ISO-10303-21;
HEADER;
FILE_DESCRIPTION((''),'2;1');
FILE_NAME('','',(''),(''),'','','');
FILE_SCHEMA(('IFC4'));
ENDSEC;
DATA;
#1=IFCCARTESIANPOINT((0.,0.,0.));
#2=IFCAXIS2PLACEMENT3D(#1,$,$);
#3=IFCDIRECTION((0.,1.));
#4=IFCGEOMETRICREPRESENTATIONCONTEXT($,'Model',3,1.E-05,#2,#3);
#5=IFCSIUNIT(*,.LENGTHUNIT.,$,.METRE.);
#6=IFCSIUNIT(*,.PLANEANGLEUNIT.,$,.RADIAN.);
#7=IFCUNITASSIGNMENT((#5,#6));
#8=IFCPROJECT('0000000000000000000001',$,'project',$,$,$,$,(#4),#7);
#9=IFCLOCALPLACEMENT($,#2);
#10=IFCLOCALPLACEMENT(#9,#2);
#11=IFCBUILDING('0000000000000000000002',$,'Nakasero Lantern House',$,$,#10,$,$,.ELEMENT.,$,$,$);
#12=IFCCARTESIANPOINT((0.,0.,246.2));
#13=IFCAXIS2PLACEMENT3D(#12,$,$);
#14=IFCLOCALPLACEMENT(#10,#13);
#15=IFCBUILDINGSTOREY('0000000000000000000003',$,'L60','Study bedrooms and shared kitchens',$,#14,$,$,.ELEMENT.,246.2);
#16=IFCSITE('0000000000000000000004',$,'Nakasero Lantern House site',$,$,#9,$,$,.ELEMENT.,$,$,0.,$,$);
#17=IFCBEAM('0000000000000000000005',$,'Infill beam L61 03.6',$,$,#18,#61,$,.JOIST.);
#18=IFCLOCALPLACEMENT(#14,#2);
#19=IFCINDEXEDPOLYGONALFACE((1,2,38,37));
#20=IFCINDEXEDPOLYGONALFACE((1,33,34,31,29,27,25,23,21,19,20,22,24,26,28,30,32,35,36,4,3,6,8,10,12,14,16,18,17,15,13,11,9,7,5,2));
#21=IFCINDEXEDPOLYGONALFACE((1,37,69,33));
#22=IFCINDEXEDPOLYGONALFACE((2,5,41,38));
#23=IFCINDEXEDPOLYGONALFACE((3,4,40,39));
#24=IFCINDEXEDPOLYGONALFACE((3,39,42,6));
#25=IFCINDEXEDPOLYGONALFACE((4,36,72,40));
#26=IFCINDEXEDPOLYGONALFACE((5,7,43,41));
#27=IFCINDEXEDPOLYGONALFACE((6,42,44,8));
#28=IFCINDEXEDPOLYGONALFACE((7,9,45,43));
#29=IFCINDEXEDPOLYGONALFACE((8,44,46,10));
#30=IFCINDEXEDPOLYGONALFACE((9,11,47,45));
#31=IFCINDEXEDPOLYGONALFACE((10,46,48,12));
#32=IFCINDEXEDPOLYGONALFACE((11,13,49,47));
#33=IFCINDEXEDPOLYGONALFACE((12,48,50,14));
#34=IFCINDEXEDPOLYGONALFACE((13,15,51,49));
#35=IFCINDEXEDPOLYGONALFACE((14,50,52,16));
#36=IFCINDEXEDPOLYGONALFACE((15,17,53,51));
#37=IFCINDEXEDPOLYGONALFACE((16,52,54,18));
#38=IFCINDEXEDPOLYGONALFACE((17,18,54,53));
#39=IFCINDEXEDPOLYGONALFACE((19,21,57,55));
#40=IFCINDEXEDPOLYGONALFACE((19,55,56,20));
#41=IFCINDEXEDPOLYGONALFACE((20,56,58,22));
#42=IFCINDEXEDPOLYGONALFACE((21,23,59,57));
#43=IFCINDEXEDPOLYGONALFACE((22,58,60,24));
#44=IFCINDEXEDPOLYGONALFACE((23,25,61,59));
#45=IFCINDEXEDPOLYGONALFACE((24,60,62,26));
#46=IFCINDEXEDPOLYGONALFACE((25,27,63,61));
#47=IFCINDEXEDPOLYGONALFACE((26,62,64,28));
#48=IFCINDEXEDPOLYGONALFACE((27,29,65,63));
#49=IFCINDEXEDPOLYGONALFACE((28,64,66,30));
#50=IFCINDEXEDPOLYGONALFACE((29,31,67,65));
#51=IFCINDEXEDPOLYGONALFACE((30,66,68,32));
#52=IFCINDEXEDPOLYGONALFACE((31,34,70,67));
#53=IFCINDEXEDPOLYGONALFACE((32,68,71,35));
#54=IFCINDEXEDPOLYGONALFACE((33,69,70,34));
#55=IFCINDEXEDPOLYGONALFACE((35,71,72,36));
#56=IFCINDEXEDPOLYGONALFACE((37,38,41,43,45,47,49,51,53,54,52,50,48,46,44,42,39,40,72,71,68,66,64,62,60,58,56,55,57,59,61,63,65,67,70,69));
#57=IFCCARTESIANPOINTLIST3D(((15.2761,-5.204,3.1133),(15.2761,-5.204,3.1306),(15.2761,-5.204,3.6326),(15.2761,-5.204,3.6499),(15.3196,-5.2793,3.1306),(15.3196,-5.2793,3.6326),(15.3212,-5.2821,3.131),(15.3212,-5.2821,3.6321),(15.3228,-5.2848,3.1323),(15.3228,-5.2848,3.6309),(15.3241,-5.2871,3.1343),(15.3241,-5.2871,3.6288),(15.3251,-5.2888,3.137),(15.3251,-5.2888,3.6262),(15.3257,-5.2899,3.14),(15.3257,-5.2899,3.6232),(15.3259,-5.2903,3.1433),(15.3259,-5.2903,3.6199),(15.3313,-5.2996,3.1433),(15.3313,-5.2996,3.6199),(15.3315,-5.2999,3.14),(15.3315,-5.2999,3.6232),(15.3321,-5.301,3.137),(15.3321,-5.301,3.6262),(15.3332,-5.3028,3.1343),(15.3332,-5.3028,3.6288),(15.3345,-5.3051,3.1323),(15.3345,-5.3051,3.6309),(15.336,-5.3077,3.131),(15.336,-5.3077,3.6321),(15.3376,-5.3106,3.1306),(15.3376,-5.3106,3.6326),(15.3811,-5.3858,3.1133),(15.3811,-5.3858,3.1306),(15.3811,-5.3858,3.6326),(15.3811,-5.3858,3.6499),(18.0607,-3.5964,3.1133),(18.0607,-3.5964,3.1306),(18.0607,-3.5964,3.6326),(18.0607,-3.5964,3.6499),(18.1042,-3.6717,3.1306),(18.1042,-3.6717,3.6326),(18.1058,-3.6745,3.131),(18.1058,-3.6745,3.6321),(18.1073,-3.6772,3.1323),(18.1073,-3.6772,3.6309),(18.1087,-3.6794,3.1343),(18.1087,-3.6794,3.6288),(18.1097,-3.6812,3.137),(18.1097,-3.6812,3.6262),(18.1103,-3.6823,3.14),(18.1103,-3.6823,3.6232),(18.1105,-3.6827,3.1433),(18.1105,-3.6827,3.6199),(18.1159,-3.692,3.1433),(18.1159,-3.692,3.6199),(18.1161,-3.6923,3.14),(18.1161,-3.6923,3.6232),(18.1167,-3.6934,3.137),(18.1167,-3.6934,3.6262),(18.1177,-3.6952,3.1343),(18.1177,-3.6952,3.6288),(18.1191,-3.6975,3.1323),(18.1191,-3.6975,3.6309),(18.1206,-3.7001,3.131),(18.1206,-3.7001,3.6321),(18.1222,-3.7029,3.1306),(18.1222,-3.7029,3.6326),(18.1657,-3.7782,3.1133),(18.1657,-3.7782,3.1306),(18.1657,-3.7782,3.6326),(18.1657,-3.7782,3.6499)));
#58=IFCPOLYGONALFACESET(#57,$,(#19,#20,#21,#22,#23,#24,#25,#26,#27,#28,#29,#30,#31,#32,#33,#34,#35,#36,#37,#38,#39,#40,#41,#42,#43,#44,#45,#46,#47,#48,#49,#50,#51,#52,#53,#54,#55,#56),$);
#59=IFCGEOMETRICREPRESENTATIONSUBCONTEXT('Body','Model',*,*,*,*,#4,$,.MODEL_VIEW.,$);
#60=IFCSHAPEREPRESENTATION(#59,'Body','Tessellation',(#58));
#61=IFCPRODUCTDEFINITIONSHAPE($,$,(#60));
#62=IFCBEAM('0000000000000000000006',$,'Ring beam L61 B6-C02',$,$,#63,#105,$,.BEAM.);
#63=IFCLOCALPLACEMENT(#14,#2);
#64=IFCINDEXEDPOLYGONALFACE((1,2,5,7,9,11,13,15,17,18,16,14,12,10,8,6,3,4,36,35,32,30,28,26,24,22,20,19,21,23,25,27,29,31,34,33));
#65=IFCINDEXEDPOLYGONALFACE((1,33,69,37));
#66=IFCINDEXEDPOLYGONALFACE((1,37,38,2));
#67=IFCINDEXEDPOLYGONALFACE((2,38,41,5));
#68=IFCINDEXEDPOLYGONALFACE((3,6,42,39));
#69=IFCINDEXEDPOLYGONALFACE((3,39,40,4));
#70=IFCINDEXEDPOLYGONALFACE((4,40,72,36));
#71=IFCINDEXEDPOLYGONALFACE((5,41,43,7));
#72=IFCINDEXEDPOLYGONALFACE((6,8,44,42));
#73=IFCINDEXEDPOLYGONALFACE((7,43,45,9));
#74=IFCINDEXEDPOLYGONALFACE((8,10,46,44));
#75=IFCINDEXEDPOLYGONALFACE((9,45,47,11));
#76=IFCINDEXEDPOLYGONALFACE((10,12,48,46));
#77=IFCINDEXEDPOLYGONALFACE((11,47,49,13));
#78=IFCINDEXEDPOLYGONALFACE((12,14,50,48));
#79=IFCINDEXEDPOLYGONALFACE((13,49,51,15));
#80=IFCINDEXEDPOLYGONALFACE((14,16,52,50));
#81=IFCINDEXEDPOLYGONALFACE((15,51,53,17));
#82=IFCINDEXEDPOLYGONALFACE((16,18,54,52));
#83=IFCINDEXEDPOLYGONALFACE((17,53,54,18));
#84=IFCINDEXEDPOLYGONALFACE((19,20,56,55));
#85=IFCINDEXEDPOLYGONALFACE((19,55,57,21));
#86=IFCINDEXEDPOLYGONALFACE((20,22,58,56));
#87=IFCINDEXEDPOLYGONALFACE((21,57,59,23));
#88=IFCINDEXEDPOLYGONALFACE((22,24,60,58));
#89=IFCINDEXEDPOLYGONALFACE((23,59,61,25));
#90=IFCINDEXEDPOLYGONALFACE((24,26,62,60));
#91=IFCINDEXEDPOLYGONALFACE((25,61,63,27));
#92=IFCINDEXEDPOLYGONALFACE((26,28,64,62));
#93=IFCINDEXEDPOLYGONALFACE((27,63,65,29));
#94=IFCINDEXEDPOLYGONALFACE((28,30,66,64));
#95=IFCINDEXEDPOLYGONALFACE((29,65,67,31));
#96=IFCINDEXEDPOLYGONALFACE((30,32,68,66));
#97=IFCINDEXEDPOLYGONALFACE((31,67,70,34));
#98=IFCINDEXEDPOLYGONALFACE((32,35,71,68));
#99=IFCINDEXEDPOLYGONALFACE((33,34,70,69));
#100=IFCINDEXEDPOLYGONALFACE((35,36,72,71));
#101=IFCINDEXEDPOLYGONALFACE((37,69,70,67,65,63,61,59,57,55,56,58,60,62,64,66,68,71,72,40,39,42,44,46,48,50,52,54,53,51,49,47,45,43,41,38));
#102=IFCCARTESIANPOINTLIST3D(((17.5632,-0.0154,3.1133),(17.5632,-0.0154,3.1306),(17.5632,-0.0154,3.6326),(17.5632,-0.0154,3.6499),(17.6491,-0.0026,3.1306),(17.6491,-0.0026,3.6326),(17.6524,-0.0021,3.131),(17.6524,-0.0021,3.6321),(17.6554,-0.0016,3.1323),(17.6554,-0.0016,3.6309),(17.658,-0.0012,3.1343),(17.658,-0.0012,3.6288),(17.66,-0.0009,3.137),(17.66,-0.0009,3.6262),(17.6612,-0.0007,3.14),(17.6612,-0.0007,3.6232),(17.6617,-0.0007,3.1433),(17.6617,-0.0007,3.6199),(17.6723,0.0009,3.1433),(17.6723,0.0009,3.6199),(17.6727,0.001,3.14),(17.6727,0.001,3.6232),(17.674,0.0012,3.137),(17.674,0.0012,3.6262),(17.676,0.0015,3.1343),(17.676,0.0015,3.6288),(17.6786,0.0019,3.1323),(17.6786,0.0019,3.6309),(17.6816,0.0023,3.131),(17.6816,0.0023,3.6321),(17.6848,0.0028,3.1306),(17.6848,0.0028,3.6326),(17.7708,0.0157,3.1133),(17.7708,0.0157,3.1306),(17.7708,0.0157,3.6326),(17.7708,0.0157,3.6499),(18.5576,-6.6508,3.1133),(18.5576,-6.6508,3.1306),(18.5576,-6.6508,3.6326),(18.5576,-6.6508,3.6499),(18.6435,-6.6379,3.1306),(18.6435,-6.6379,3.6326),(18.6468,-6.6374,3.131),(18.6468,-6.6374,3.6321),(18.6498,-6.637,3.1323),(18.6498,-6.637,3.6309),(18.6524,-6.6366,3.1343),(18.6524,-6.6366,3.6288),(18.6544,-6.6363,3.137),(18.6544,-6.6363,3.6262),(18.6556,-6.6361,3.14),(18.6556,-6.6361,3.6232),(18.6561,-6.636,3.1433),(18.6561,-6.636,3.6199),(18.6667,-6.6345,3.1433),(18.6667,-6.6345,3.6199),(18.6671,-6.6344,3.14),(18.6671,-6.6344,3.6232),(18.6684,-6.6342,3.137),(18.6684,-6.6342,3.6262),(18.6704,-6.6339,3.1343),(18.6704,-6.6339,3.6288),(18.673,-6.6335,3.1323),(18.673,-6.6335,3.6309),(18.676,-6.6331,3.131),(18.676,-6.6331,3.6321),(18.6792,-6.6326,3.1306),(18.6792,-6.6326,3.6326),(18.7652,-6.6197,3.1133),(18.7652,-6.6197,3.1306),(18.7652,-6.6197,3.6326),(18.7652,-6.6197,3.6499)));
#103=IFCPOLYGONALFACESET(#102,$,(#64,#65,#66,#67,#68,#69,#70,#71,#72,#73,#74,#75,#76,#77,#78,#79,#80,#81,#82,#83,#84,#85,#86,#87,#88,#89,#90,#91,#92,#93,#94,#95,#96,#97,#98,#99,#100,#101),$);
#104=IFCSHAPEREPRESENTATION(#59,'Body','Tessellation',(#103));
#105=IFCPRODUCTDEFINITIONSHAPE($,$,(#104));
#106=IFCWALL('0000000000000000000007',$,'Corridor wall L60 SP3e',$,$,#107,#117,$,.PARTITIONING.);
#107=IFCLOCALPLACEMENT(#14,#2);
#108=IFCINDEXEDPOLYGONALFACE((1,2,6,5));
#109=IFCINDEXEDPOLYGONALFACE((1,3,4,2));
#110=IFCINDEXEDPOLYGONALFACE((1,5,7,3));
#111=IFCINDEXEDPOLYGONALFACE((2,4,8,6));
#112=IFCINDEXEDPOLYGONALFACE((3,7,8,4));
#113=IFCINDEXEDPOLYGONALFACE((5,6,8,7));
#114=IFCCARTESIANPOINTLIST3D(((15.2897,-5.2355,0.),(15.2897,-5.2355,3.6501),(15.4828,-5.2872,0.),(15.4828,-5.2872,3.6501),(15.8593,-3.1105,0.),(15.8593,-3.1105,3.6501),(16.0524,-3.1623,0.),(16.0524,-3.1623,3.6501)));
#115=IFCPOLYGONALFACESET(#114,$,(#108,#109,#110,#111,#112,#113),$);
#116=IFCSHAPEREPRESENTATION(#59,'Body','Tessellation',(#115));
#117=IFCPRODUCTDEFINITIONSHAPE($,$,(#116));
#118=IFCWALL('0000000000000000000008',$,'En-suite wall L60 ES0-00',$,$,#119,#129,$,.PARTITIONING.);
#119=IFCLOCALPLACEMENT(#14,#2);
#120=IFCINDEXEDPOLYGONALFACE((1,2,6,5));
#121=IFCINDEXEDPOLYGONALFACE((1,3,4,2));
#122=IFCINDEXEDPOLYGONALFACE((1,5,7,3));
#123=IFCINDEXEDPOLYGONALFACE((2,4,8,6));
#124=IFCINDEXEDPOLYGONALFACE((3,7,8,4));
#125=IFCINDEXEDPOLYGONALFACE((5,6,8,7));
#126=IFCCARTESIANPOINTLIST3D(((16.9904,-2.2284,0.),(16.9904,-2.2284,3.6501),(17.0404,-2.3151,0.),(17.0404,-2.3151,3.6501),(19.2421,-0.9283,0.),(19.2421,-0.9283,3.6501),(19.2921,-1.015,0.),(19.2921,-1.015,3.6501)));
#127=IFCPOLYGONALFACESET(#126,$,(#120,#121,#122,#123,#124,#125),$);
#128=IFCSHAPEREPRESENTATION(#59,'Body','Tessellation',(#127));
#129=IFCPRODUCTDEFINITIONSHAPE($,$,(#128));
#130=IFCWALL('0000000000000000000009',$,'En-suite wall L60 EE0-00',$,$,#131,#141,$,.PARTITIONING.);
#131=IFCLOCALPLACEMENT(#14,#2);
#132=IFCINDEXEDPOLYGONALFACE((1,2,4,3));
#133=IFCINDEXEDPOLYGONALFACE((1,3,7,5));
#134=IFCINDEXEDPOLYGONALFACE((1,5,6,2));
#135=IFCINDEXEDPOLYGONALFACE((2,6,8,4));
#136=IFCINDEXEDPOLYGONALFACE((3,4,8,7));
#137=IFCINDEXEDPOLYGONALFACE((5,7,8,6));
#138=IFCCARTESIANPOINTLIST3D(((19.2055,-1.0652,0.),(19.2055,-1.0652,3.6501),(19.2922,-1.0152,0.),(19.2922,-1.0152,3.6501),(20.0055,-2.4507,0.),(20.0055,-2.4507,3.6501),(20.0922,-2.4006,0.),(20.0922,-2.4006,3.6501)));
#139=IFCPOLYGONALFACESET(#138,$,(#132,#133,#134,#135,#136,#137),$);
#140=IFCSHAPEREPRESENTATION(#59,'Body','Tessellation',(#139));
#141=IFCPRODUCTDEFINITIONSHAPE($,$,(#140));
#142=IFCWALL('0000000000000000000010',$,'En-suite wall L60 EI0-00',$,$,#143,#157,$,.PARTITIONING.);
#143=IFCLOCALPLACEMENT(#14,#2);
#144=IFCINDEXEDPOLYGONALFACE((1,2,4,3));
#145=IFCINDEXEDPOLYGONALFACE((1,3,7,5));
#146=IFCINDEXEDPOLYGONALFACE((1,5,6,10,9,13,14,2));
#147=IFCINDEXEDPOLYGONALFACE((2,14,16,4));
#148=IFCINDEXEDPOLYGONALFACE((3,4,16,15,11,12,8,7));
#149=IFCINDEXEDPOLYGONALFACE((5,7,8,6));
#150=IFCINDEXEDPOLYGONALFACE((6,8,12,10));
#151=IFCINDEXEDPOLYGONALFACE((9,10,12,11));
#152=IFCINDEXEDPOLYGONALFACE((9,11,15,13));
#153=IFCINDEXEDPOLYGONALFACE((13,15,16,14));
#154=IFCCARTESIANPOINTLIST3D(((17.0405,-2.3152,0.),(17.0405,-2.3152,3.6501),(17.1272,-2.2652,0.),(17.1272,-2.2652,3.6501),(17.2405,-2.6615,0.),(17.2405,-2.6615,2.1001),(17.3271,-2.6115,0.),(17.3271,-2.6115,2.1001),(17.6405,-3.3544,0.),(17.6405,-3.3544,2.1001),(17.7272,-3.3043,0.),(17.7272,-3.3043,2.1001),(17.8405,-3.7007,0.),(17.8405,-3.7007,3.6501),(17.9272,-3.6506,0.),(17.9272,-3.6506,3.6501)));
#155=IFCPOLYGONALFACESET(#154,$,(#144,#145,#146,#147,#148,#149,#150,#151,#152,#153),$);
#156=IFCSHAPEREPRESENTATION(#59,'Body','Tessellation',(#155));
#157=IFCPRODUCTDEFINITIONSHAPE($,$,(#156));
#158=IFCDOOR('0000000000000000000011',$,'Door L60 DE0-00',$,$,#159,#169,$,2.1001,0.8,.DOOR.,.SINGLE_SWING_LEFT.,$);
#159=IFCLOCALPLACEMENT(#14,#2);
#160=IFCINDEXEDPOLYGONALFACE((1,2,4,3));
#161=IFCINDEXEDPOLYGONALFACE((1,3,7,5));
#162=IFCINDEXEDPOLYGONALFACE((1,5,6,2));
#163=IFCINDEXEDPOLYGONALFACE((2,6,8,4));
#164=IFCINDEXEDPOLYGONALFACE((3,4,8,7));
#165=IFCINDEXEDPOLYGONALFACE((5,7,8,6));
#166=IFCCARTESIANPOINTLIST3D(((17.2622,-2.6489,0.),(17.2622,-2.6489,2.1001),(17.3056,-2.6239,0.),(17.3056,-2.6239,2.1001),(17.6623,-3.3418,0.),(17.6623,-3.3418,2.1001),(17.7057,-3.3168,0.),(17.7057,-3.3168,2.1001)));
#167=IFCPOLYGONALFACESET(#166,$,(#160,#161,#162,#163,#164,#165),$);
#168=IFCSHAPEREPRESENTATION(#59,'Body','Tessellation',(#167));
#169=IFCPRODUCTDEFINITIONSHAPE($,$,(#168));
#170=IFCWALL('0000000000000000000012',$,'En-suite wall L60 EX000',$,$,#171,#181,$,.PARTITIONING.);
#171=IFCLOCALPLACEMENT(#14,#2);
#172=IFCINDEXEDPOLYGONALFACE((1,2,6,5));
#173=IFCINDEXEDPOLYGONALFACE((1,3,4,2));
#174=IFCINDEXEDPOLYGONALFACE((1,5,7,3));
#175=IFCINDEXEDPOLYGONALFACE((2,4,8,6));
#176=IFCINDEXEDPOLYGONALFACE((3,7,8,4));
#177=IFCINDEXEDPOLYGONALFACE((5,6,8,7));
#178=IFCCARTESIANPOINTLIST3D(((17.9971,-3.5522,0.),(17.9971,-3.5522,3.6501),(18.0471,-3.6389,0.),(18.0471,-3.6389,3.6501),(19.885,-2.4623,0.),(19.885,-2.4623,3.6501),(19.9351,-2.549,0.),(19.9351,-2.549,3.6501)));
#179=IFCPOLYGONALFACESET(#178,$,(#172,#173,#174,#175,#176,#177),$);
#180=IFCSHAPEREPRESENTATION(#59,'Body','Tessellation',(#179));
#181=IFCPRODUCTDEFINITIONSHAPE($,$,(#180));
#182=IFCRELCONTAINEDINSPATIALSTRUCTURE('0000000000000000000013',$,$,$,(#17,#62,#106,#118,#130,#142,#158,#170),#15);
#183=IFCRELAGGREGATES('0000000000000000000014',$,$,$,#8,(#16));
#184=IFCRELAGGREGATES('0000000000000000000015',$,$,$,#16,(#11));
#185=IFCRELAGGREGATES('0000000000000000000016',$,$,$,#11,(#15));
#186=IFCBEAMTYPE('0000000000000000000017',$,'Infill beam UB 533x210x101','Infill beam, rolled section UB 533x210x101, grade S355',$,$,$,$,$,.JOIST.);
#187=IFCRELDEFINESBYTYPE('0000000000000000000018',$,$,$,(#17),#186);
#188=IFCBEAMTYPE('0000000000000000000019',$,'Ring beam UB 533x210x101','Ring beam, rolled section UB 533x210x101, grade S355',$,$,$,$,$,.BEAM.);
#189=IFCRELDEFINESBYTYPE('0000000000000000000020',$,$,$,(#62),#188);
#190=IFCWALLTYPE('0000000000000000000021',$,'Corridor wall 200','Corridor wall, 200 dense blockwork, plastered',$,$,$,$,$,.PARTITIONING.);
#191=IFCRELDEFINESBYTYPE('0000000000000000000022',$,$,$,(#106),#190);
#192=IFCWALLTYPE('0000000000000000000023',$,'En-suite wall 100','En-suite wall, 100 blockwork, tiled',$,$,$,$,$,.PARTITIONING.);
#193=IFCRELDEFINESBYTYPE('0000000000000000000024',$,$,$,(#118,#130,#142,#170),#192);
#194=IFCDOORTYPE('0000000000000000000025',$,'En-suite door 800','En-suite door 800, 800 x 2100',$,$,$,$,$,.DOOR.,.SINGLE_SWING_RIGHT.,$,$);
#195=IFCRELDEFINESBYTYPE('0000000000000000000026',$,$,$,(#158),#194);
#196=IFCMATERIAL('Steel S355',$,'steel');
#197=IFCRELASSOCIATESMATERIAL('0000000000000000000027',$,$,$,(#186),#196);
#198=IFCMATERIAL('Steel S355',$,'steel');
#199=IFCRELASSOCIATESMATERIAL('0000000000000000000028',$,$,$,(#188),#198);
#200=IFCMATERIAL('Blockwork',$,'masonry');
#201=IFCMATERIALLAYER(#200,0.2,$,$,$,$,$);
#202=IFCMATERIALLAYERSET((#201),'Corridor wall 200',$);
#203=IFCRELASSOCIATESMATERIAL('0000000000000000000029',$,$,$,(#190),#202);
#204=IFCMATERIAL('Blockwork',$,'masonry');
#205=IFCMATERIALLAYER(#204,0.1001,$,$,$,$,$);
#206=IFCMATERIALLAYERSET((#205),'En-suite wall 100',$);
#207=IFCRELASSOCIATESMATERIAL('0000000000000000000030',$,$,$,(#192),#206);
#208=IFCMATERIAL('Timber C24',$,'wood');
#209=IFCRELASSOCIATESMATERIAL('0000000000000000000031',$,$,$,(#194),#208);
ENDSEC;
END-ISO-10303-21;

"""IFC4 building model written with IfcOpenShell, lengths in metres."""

from ifc_helpers import new_model, si_unit, direction, frame, frame_2d, origin, origin_2d, place, context, subcontext, project, spatial, rectangle, i_section, extrude, material, layer, layer_set, material_profile, profile_set, type_object, element, fill, save


model = new_model("IFC4")

# Units and contexts
model_context = context("Model", 3, precision=1e-05, world=origin(), true_north=direction((0.0, 1.0)))
body_context = subcontext(model_context, "Body", "Model", "MODEL_VIEW")
ifc_project = project(units=[si_unit("LENGTHUNIT", "METRE"), si_unit("PLANEANGLEUNIT", "RADIAN")], contexts=[model_context])

# Site, building, storey
site_placement = place(None, origin())
site = spatial("IfcSite", under=ifc_project, at=site_placement, Name="Nakasero Lantern House site", CompositionType="ELEMENT", RefElevation=0.0)
building_placement = place(site_placement, origin())
building = spatial("IfcBuilding", under=site, at=building_placement, Name="Nakasero Lantern House", CompositionType="ELEMENT")
storey_placement = place(building_placement, frame((0.0, 0.0, 246.2)))
storey = spatial("IfcBuildingStorey", under=building, at=storey_placement, Name="L60", Description="Study bedrooms and shared kitchens", CompositionType="ELEMENT", Elevation=246.2)

# Beams
ifc_material_1 = material(Name="Steel S355", Category="steel")
ifc_material_profile_1 = material_profile(ifc_material_1, i_section(OverallWidth=0.21, OverallDepth=0.5366, WebThickness=0.0107, FlangeThickness=0.0173, FilletRadius=0.0127, at=origin_2d()), Name="UB 533x210x101")
ifc_profile_set_1 = profile_set([ifc_material_profile_1], Name="Steel S355")
beam_type_1 = type_object("IfcBeamType", Name="Infill beam UB 533x210x101", Description="Infill beam, rolled section UB 533x210x101, grade S355", PredefinedType="JOIST", material=ifc_profile_set_1)
beam_1_placement = place(storey_placement, frame((15.3286, -5.2949, 3.3816), z_axis=(0.866034, 0.499985, 0.0), x_axis=(-0.499985, 0.866034, 0.0)))
element("IfcBeam", 1, at=beam_1_placement, inside=storey, type_object=beam_type_1, Name="Infill beam L61 03.6", PredefinedType="JOIST", context=body_context, shape_type="SweptSolid", body=[
    extrude(i_section(OverallWidth=0.21, OverallDepth=0.5366, WebThickness=0.0107, FlangeThickness=0.0173, FilletRadius=0.0127, at=origin_2d()), origin(), (0.0, 0.0, 1.0), 3.2153),
])
ifc_material_2 = material(Name="Steel S355", Category="steel")
ifc_material_profile_2 = material_profile(ifc_material_2, i_section(OverallWidth=0.21, OverallDepth=0.5366, WebThickness=0.0107, FlangeThickness=0.0173, FilletRadius=0.0127, at=origin_2d()), Name="UB 533x210x101")
ifc_profile_set_2 = profile_set([ifc_material_profile_2], Name="Steel S355")
beam_type_2 = type_object("IfcBeamType", Name="Ring beam UB 533x210x101", Description="Ring beam, rolled section UB 533x210x101, grade S355", PredefinedType="BEAM", material=ifc_profile_set_2)
beam_2_placement = place(storey_placement, frame((18.6614, -6.6353, 3.3816), z_axis=(-0.148209, 0.988956, 0.0), x_axis=(-0.988956, -0.148209, 0.0)))
element("IfcBeam", 2, at=beam_2_placement, inside=storey, type_object=beam_type_2, Name="Ring beam L61 B6-C02", PredefinedType="BEAM", context=body_context, shape_type="SweptSolid", body=[
    extrude(i_section(OverallWidth=0.21, OverallDepth=0.5366, WebThickness=0.0107, FlangeThickness=0.0173, FilletRadius=0.0127, at=origin_2d()), origin(), (0.0, 0.0, 1.0), 6.7095),
])

# Walls
ifc_material_3 = material(Name="Blockwork", Category="masonry")
ifc_layer_1 = layer(ifc_material_3, 0.2)
ifc_layer_set_1 = layer_set([ifc_layer_1], Name="Corridor wall 200")
wall_type_1 = type_object("IfcWallType", Name="Corridor wall 200", Description="Corridor wall, 200 dense blockwork, plastered", PredefinedType="PARTITIONING", material=ifc_layer_set_1)
wall_1_placement = place(storey_placement, frame((15.3862, -5.2615, 0.0), z_axis=(0.0, 0.0, 1.0), x_axis=(0.258899, 0.965904, 0.0)))
element("IfcWall", 3, at=wall_1_placement, inside=storey, type_object=wall_type_1, Name="Corridor wall L60 SP3e", PredefinedType="PARTITIONING", context=body_context, shape_type="SweptSolid", body=[
    extrude(rectangle(XDim=2.2, YDim=0.2, at=frame_2d((1.1001, 0.0))), origin(), (0.0, 0.0, 1.0), 3.6501),
])
ifc_material_4 = material(Name="Blockwork", Category="masonry")
ifc_layer_2 = layer(ifc_material_4, 0.1001)
ifc_layer_set_2 = layer_set([ifc_layer_2], Name="En-suite wall 100")
wall_type_2 = type_object("IfcWallType", Name="En-suite wall 100", Description="En-suite wall, 100 blockwork, tiled", PredefinedType="PARTITIONING", material=ifc_layer_set_2)
wall_2_placement = place(storey_placement, frame((17.0154, -2.2717, 0.0), z_axis=(0.0, 0.0, 1.0), x_axis=(0.866021, 0.500007, 0.0)))
element("IfcWall", 4, at=wall_2_placement, inside=storey, type_object=wall_type_2, Name="En-suite wall L60 ES0-00", PredefinedType="PARTITIONING", context=body_context, shape_type="SweptSolid", body=[
    extrude(rectangle(XDim=2.6001, YDim=0.1001, at=frame_2d((1.3, 0.0))), origin(), (0.0, 0.0, 1.0), 3.6501),
])
wall_3_placement = place(storey_placement, frame((20.0488, -2.4255, 0.0), z_axis=(0.0, 0.0, 1.0), x_axis=(-0.500061, 0.86599, 0.0)))
element("IfcWall", 5, at=wall_3_placement, inside=storey, type_object=wall_type_2, Name="En-suite wall L60 EE0-00", PredefinedType="PARTITIONING", context=body_context, shape_type="SweptSolid", body=[
    extrude(rectangle(XDim=1.5999, YDim=0.1001, at=frame_2d((0.7998, 0.0))), origin(), (0.0, 0.0, 1.0), 3.6501),
])

# Wall, opening, door
wall_4_placement = place(storey_placement, frame((17.8838, -3.6755, 0.0), z_axis=(0.0, 0.0, 1.0), x_axis=(-0.500061, 0.86599, 0.0)))
wall_4 = element("IfcWall", 6, at=wall_4_placement, inside=storey, type_object=wall_type_2, Name="En-suite wall L60 EI0-00", PredefinedType="PARTITIONING", context=body_context, shape_type="SweptSolid", body=[
    extrude(rectangle(XDim=1.5999, YDim=0.1001, at=frame_2d((0.7998, 0.0))), origin(), (0.0, 0.0, 1.0), 3.6501),
])
opening_1_placement = place(wall_4_placement, frame((0.3999, 0.0, 0.0)))
opening_1 = element("IfcOpeningElement", 7, at=opening_1_placement, cuts=wall_4, PredefinedType="OPENING", context=body_context, shape_type="SweptSolid", body=[
    extrude(rectangle(XDim=0.8, YDim=2.1001, at=frame_2d((0.3999, 1.05))), frame((0.0, 0.0701, 0.0), z_axis=(0.0, -1.0, 0.0), x_axis=(1.0, 0.0, 0.0)), (0.0, 0.0, 1.0), 0.1401),
])
ifc_material_5 = material(Name="Timber C24", Category="wood")
door_type_1 = type_object("IfcDoorType", Name="En-suite door 800", Description="En-suite door 800, 800 x 2100", OperationType="SINGLE_SWING_RIGHT", PredefinedType="DOOR", material=ifc_material_5)
door_1_placement = place(opening_1_placement, origin())
door_1 = element("IfcDoor", 8, at=door_1_placement, inside=storey, type_object=door_type_1, Name="Door L60 DE0-00", OperationType="SINGLE_SWING_LEFT", OverallHeight=2.1001, OverallWidth=0.8, PredefinedType="DOOR", context=body_context, shape_type="SweptSolid", body=[
    extrude(rectangle(XDim=0.8, YDim=2.1001, at=frame_2d((0.3999, 1.05))), frame((0.0, 0.0249, 0.0), z_axis=(0.0, -1.0, 0.0), x_axis=(1.0, 0.0, 0.0)), (0.0, 0.0, 1.0), 0.05),
])
fill(opening_1, door_1)

# Wall
wall_5_placement = place(storey_placement, frame((18.0222, -3.5955, 0.0), z_axis=(0.0, 0.0, 1.0), x_axis=(0.866057, 0.499945, 0.0)))
element("IfcWall", 9, at=wall_5_placement, inside=storey, type_object=wall_type_2, Name="En-suite wall L60 EX000", PredefinedType="PARTITIONING", context=body_context, shape_type="SweptSolid", body=[
    extrude(rectangle(XDim=2.1799, YDim=0.1001, at=frame_2d((1.0898, 0.0))), origin(), (0.0, 0.0, 1.0), 3.6501),
])

save(model, "model.ifc")
